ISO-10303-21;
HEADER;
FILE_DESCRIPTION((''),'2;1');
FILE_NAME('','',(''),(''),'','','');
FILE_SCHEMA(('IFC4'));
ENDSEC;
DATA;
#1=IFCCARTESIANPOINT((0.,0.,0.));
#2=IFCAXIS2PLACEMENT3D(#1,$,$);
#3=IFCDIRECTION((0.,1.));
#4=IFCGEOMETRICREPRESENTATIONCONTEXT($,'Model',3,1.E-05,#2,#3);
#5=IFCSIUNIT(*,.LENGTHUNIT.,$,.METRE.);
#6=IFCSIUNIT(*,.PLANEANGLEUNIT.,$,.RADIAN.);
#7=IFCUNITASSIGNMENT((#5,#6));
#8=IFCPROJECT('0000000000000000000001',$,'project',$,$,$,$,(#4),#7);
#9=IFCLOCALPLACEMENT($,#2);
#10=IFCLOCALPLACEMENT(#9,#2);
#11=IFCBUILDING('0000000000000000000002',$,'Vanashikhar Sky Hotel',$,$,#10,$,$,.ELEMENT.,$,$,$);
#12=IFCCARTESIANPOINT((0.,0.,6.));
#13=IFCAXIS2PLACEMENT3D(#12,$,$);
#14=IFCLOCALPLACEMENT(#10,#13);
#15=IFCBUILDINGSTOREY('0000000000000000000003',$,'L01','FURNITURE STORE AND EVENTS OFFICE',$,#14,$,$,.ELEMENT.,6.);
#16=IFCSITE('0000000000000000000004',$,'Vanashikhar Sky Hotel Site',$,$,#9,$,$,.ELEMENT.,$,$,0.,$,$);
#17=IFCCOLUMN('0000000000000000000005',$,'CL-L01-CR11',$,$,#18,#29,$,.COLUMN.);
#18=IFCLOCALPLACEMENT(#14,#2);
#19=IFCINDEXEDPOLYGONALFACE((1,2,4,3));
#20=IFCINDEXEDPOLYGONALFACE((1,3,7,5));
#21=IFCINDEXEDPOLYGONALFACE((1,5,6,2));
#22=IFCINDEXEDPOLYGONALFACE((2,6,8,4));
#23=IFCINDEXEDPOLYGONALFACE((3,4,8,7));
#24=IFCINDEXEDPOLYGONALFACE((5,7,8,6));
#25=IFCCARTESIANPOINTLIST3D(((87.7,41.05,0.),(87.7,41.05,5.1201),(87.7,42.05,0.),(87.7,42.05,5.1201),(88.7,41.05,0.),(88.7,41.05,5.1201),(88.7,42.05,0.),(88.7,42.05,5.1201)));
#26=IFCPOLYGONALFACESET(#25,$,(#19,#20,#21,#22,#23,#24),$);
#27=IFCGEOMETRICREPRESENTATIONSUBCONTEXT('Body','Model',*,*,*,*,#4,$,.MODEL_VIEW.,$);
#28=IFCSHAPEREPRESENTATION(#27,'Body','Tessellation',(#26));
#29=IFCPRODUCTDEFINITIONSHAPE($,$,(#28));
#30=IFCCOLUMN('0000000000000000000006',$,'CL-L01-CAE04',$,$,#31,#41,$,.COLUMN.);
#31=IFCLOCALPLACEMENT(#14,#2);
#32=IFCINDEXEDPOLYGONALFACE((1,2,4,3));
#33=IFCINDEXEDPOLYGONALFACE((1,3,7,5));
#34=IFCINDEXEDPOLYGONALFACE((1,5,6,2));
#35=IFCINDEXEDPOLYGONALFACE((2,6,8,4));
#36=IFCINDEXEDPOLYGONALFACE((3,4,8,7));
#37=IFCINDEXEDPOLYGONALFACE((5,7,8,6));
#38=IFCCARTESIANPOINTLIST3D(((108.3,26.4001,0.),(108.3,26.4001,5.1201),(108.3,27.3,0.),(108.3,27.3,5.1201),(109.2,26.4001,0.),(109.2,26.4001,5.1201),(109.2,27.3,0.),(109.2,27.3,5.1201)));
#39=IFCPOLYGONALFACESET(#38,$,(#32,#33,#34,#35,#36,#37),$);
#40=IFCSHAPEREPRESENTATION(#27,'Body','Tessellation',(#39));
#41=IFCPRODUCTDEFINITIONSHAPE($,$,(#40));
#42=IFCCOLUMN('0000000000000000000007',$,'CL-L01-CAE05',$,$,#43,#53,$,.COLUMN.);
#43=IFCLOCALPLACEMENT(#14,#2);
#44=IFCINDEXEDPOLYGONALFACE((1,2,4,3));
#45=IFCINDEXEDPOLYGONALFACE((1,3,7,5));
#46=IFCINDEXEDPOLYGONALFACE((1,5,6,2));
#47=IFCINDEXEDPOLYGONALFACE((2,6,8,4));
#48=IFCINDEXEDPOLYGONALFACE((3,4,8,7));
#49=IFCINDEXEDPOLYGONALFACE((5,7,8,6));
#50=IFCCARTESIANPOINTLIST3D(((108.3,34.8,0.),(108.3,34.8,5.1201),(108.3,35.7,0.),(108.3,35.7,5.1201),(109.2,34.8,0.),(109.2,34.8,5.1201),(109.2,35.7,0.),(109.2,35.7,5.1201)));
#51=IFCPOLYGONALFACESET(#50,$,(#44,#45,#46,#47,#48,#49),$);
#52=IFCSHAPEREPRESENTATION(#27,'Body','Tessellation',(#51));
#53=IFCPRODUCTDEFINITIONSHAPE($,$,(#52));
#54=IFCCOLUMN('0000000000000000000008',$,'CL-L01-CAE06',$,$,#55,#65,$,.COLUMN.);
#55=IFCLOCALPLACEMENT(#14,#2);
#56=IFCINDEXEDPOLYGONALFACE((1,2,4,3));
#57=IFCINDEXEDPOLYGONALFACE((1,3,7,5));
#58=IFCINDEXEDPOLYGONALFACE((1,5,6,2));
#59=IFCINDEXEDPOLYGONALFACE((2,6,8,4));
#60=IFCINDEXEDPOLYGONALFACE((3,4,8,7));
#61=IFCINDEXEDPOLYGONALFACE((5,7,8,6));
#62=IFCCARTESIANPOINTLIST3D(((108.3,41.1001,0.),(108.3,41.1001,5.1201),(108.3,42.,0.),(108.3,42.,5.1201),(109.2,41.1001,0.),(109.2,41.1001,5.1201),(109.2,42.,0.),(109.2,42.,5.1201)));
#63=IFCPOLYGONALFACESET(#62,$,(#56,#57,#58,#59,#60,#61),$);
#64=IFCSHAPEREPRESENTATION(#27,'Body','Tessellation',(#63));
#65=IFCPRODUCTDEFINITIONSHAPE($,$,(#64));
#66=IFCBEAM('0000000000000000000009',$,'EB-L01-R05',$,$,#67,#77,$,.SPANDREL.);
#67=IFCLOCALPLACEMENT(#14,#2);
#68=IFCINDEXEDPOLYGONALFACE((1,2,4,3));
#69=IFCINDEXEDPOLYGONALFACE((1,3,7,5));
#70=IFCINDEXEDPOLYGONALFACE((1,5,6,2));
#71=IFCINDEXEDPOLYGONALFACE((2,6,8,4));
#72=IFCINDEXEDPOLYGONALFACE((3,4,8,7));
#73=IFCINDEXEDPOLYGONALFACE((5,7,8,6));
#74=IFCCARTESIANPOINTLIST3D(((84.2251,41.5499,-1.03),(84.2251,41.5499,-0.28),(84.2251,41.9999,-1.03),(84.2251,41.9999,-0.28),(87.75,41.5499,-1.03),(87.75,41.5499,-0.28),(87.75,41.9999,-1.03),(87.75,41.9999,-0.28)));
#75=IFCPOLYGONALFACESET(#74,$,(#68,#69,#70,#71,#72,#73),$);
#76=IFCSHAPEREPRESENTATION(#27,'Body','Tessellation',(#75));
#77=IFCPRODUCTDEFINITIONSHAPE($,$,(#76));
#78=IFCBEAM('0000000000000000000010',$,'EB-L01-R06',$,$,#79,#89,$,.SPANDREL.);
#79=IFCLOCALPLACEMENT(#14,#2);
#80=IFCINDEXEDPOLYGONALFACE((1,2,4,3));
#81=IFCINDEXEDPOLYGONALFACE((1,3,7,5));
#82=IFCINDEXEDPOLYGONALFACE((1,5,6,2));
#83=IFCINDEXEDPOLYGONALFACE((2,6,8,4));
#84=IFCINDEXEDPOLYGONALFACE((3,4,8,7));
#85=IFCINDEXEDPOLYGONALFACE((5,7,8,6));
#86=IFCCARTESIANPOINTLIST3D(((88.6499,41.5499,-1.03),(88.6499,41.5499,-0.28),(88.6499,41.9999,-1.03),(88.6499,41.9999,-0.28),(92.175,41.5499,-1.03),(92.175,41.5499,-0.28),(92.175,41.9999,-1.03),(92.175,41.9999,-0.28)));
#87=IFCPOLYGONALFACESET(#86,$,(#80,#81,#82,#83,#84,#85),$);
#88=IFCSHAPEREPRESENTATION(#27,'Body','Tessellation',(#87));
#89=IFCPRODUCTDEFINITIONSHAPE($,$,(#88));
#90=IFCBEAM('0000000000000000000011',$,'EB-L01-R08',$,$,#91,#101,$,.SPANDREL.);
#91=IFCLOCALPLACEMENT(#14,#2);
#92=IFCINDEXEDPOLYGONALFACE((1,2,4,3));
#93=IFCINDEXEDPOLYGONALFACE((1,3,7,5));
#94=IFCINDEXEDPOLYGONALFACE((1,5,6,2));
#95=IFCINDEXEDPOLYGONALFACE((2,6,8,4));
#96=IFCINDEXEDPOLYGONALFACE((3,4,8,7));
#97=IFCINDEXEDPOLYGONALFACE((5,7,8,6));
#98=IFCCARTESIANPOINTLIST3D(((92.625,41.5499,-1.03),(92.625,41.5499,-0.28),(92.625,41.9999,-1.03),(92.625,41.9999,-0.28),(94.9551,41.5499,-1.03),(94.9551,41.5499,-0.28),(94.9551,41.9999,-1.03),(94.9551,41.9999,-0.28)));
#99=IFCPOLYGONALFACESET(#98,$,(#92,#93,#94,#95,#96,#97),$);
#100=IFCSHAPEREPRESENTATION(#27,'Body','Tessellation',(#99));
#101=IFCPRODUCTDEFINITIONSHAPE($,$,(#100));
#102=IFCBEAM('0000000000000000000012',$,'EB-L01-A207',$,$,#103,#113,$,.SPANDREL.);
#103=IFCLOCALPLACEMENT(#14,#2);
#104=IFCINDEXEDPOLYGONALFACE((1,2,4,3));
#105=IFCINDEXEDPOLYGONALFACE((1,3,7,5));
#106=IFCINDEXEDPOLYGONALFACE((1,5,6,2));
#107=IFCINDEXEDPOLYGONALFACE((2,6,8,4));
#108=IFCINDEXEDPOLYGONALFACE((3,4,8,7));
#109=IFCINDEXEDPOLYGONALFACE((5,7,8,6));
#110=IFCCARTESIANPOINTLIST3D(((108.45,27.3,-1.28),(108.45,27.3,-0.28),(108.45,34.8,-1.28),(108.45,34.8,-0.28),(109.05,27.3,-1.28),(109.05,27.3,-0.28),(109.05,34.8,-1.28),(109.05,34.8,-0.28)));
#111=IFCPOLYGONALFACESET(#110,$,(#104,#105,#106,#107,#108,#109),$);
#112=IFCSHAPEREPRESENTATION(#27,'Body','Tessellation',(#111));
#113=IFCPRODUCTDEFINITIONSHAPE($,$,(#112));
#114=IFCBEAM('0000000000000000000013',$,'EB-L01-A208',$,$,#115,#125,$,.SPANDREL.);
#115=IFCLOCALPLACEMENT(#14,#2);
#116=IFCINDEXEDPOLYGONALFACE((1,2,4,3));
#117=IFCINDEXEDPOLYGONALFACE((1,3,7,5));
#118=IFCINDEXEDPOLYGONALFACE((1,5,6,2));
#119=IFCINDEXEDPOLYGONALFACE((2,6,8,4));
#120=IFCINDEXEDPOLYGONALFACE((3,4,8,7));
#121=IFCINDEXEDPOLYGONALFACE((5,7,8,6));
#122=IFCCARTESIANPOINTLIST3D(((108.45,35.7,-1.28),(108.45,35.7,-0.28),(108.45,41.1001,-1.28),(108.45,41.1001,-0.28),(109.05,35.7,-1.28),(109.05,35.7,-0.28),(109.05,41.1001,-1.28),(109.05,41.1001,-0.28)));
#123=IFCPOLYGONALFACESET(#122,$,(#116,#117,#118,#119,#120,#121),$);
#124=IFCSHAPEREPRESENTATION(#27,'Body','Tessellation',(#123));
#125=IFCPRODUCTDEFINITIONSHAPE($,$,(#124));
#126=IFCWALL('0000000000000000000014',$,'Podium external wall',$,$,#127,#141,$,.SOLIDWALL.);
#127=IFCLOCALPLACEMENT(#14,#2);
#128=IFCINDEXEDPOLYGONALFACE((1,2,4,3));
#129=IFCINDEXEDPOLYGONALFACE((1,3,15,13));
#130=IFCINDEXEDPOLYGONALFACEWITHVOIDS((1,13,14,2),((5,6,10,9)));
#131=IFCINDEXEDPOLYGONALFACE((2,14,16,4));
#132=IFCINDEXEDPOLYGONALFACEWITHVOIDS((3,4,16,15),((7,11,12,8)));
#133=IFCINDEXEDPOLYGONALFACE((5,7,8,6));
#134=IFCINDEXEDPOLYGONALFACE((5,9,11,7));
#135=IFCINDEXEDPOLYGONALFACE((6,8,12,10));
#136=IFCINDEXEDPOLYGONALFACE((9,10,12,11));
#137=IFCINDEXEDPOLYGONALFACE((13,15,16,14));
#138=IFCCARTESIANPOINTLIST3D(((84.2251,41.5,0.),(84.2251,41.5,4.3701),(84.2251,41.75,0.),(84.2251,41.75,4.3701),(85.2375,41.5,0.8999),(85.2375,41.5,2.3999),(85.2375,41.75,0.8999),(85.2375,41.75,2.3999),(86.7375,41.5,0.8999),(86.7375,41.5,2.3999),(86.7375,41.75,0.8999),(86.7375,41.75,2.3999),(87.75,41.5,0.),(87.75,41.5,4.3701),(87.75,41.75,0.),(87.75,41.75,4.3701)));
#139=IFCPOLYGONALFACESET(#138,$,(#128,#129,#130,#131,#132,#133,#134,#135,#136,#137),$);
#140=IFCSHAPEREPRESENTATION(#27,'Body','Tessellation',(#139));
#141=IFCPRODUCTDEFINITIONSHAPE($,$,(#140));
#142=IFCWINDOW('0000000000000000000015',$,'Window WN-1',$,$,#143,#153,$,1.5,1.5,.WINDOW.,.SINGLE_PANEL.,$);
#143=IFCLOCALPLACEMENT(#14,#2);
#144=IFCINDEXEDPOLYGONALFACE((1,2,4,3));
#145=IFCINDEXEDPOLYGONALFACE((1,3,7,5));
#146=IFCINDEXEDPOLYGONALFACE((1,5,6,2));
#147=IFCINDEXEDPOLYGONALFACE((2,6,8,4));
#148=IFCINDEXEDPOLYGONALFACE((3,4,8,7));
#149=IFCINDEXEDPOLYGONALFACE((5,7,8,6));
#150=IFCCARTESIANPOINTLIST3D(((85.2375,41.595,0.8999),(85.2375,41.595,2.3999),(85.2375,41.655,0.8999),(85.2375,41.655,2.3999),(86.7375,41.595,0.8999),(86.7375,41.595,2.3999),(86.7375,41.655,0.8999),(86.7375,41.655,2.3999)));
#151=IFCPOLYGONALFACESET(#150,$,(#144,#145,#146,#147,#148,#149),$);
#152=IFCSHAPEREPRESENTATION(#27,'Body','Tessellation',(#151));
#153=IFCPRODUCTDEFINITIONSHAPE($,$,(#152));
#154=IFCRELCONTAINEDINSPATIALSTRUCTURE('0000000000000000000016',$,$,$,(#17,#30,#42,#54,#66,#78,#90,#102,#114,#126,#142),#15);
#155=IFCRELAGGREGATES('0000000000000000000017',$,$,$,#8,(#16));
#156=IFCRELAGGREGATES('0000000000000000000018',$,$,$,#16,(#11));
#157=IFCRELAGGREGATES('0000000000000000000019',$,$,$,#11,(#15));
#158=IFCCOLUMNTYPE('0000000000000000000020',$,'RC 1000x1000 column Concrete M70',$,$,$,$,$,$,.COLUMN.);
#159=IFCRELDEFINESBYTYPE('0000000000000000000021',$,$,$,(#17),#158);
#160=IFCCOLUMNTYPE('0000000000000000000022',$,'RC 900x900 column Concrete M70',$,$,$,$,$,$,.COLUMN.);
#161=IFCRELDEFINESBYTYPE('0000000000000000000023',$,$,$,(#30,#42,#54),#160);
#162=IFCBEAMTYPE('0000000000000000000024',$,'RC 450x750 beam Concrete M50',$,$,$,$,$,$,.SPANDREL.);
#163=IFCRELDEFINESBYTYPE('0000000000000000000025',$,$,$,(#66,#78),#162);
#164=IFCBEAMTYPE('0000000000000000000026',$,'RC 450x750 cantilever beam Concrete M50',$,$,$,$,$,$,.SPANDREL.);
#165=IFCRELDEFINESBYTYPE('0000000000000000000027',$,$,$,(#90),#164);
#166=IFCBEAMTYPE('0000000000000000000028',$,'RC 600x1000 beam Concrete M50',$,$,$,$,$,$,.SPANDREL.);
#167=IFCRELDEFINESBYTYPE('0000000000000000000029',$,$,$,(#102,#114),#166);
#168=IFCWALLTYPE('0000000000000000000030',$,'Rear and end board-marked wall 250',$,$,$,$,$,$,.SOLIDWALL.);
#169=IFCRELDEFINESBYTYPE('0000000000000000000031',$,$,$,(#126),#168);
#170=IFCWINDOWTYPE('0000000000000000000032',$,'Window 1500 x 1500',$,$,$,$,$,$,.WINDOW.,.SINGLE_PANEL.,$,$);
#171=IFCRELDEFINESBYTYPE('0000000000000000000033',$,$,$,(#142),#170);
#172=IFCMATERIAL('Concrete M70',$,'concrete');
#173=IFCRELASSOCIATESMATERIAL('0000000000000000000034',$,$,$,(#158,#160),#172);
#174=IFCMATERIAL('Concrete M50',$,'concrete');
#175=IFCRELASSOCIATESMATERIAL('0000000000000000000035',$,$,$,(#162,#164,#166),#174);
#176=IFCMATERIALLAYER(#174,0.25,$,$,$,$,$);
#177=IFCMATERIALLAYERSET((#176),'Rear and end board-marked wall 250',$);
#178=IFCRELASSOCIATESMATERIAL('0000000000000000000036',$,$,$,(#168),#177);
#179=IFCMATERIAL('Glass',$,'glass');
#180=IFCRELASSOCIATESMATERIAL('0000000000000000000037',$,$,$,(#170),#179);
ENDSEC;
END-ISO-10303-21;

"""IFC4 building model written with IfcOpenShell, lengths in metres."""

from ifc_helpers import new_model, si_unit, direction, frame, frame_2d, origin, origin_2d, place, context, subcontext, project, spatial, rectangle, extrude, source, transform, mapped, material, layer, layer_set, material_profile, profile_set, type_object, element, fill, save


model = new_model("IFC4")

# Units and contexts
model_context = context("Model", 3, precision=1e-05, world=origin(), true_north=direction((0.0, 1.0)))
body_context = subcontext(model_context, "Body", "Model", "MODEL_VIEW")
ifc_project = project(units=[si_unit("LENGTHUNIT", "METRE"), si_unit("PLANEANGLEUNIT", "RADIAN")], contexts=[model_context])

# Site, building, storey
site_placement = place(None, origin())
site = spatial("IfcSite", under=ifc_project, at=site_placement, Name="Vanashikhar Sky Hotel Site", CompositionType="ELEMENT", RefElevation=0.0)
building_placement = place(site_placement, origin())
building = spatial("IfcBuilding", under=site, at=building_placement, Name="Vanashikhar Sky Hotel", CompositionType="ELEMENT")
storey_placement = place(building_placement, frame((0.0, 0.0, 6.0)))
storey = spatial("IfcBuildingStorey", under=building, at=storey_placement, Name="L01", Description="FURNITURE STORE AND EVENTS OFFICE", CompositionType="ELEMENT", Elevation=6.0)

# Columns
ifc_material_1 = material(Name="Concrete M70", Category="concrete")
ifc_material_profile_1 = material_profile(ifc_material_1, rectangle(XDim=1.0, YDim=1.0, at=origin_2d()))
ifc_profile_set_1 = profile_set([ifc_material_profile_1], Name="RC 1000x1000 column Concrete M70")
column_type_1 = type_object("IfcColumnType", Name="RC 1000x1000 column Concrete M70", PredefinedType="COLUMN", material=ifc_profile_set_1)
shared_shape_1 = source(origin(), body_context, "Body", "SweptSolid", [
    extrude(rectangle(XDim=1.0, YDim=1.0, at=origin_2d()), origin(), (0.0, 0.0, 1.0), 5.1201),
])
column_placement = place(storey_placement, frame((88.2, 41.55, 0.0), z_axis=(0.0, 0.0, 1.0), x_axis=(1.0, 0.0, 0.0)))
element("IfcColumn", 1, at=column_placement, inside=storey, type_object=column_type_1, Name="CL-L01-CR11", PredefinedType="COLUMN", context=body_context, shape_type="MappedRepresentation", body=[
    mapped(shared_shape_1, transform((0.0, 0.0, 0.0), scale=1.0)),
])
ifc_material_profile_2 = material_profile(ifc_material_1, rectangle(XDim=0.8999, YDim=0.8999, at=origin_2d()))
ifc_profile_set_2 = profile_set([ifc_material_profile_2], Name="RC 900x900 column Concrete M70")
column_type_2 = type_object("IfcColumnType", Name="RC 900x900 column Concrete M70", PredefinedType="COLUMN", material=ifc_profile_set_2)
shared_shape_2 = source(origin(), body_context, "Body", "SweptSolid", [
    extrude(rectangle(XDim=0.8999, YDim=0.8999, at=origin_2d()), origin(), (0.0, 0.0, 1.0), 5.1201),
])
for number, where, z_axis, x_axis, name in (
    (2, (108.75, 26.8501, 0.0), (0.0, 0.0, 1.0), (1.0, 0.0, 0.0), "CL-L01-CAE04"),
    (3, (108.75, 35.25, 0.0), (0.0, 0.0, 1.0), (1.0, 0.0, 0.0), "CL-L01-CAE05"),
    (4, (108.75, 41.55, 0.0), (0.0, 0.0, 1.0), (1.0, 0.0, 0.0), "CL-L01-CAE06"),
):
    element("IfcColumn", number, at=place(storey_placement, frame(where, z_axis=z_axis, x_axis=x_axis)), inside=storey, type_object=column_type_2, Name=name, PredefinedType="COLUMN", context=body_context, shape_type="MappedRepresentation", body=[
        mapped(shared_shape_2, transform((0.0, 0.0, 0.0), scale=1.0)),
    ])

# Beams
ifc_material_2 = material(Name="Concrete M50", Category="concrete")
ifc_material_profile_3 = material_profile(ifc_material_2, rectangle(XDim=0.45, YDim=0.75, at=origin_2d()))
ifc_profile_set_3 = profile_set([ifc_material_profile_3], Name="RC 450x750 beam Concrete M50")
beam_type_1 = type_object("IfcBeamType", Name="RC 450x750 beam Concrete M50", PredefinedType="SPANDREL", material=ifc_profile_set_3)
shared_shape_3 = source(origin(), body_context, "Body", "SweptSolid", [
    extrude(rectangle(XDim=0.45, YDim=0.75, at=origin_2d()), origin(), (0.0, 0.0, 1.0), 3.5249),
])
beam_1_placement = place(storey_placement, frame((84.2251, 41.7749, -0.655), z_axis=(1.0, 0.0, 0.0), x_axis=(0.0, 1.0, 0.0)))
element("IfcBeam", 5, at=beam_1_placement, inside=storey, type_object=beam_type_1, Name="EB-L01-R05", PredefinedType="SPANDREL", context=body_context, shape_type="MappedRepresentation", body=[
    mapped(shared_shape_3, transform((0.0, 0.0, 0.0), scale=1.0)),
])
shared_shape_4 = source(origin(), body_context, "Body", "SweptSolid", [
    extrude(rectangle(XDim=0.45, YDim=0.75, at=origin_2d()), origin(), (0.0, 0.0, 1.0), 3.5251),
])
beam_2_placement = place(storey_placement, frame((88.6499, 41.7749, -0.655), z_axis=(1.0, 0.0, 0.0), x_axis=(0.0, 1.0, 0.0)))
element("IfcBeam", 6, at=beam_2_placement, inside=storey, type_object=beam_type_1, Name="EB-L01-R06", PredefinedType="SPANDREL", context=body_context, shape_type="MappedRepresentation", body=[
    mapped(shared_shape_4, transform((0.0, 0.0, 0.0), scale=1.0)),
])
ifc_material_profile_4 = material_profile(ifc_material_2, rectangle(XDim=0.45, YDim=0.75, at=origin_2d()))
ifc_profile_set_4 = profile_set([ifc_material_profile_4], Name="RC 450x750 cantilever beam Concrete M50")
beam_type_2 = type_object("IfcBeamType", Name="RC 450x750 cantilever beam Concrete M50", PredefinedType="SPANDREL", material=ifc_profile_set_4)
shared_shape_5 = source(origin(), body_context, "Body", "SweptSolid", [
    extrude(rectangle(XDim=0.45, YDim=0.75, at=origin_2d()), origin(), (0.0, 0.0, 1.0), 2.3301),
])
beam_3_placement = place(storey_placement, frame((92.625, 41.7749, -0.655), z_axis=(1.0, 0.0, 0.0), x_axis=(0.0, 1.0, 0.0)))
element("IfcBeam", 7, at=beam_3_placement, inside=storey, type_object=beam_type_2, Name="EB-L01-R08", PredefinedType="SPANDREL", context=body_context, shape_type="MappedRepresentation", body=[
    mapped(shared_shape_5, transform((0.0, 0.0, 0.0), scale=1.0)),
])
ifc_material_profile_5 = material_profile(ifc_material_2, rectangle(XDim=0.6001, YDim=1.0, at=origin_2d()))
ifc_profile_set_5 = profile_set([ifc_material_profile_5], Name="RC 600x1000 beam Concrete M50")
beam_type_3 = type_object("IfcBeamType", Name="RC 600x1000 beam Concrete M50", PredefinedType="SPANDREL", material=ifc_profile_set_5)
shared_shape_6 = source(origin(), body_context, "Body", "SweptSolid", [
    extrude(rectangle(XDim=0.6001, YDim=1.0, at=origin_2d()), origin(), (0.0, 0.0, 1.0), 7.5),
])
beam_4_placement = place(storey_placement, frame((108.75, 27.3, -0.78), z_axis=(0.0, 1.0, 0.0), x_axis=(-1.0, 0.0, 0.0)))
element("IfcBeam", 8, at=beam_4_placement, inside=storey, type_object=beam_type_3, Name="EB-L01-A207", PredefinedType="SPANDREL", context=body_context, shape_type="MappedRepresentation", body=[
    mapped(shared_shape_6, transform((0.0, 0.0, 0.0), scale=1.0)),
])
shared_shape_7 = source(origin(), body_context, "Body", "SweptSolid", [
    extrude(rectangle(XDim=0.6001, YDim=1.0, at=origin_2d()), origin(), (0.0, 0.0, 1.0), 5.4001),
])
beam_5_placement = place(storey_placement, frame((108.75, 35.7, -0.78), z_axis=(0.0, 1.0, 0.0), x_axis=(-1.0, 0.0, 0.0)))
element("IfcBeam", 9, at=beam_5_placement, inside=storey, type_object=beam_type_3, Name="EB-L01-A208", PredefinedType="SPANDREL", context=body_context, shape_type="MappedRepresentation", body=[
    mapped(shared_shape_7, transform((0.0, 0.0, 0.0), scale=1.0)),
])

# Wall, opening, window
ifc_layer_1 = layer(ifc_material_2, 0.25)
ifc_layer_set_1 = layer_set([ifc_layer_1], Name="Rear and end board-marked wall 250")
wall_type_1 = type_object("IfcWallType", Name="Rear and end board-marked wall 250", PredefinedType="SOLIDWALL", material=ifc_layer_set_1)
shared_shape_8 = source(origin(), body_context, "Body", "SweptSolid", [
    extrude(rectangle(XDim=3.5249, YDim=0.25, at=frame_2d((1.7625, 0.0))), origin(), (0.0, 0.0, 1.0), 4.3701),
])
wall_1_placement = place(storey_placement, frame((87.75, 41.625, 0.0), z_axis=(0.0, 0.0, 1.0), x_axis=(-1.0, 0.0, 0.0)))
wall_1 = element("IfcWall", 10, at=wall_1_placement, inside=storey, type_object=wall_type_1, Name="Podium external wall", PredefinedType="SOLIDWALL", context=body_context, shape_type="MappedRepresentation", body=[
    mapped(shared_shape_8, transform((0.0, 0.0, 0.0), scale=1.0)),
])
shared_shape_9 = source(origin(), body_context, "Body", "SweptSolid", [
    extrude(rectangle(XDim=1.5, YDim=1.5, at=frame_2d((0.75, 0.75))), frame((0.0, 0.135, 0.0), z_axis=(0.0, -1.0, 0.0), x_axis=(1.0, 0.0, 0.0)), (0.0, 0.0, 1.0), 0.27),
])
opening_1_placement = place(wall_1_placement, frame((1.0125, 0.0, 0.8999)))
opening_1 = element("IfcOpeningElement", 11, at=opening_1_placement, cuts=wall_1, PredefinedType="OPENING", context=body_context, shape_type="MappedRepresentation", body=[
    mapped(shared_shape_9, transform((0.0, 0.0, 0.0), scale=1.0)),
])
ifc_material_3 = material(Name="Glass", Category="glass")
window_type_1 = type_object("IfcWindowType", Name="Window 1500 x 1500", PartitioningType="SINGLE_PANEL", PredefinedType="WINDOW", material=ifc_material_3)
shared_shape_10 = source(origin(), body_context, "Body", "SweptSolid", [
    extrude(rectangle(XDim=1.5, YDim=1.5, at=frame_2d((0.75, 0.75))), frame((0.0, 0.03, 0.0), z_axis=(0.0, -1.0, 0.0), x_axis=(1.0, 0.0, 0.0)), (0.0, 0.0, 1.0), 0.0601),
])
window_1_placement = place(opening_1_placement, origin())
window_1 = element("IfcWindow", 12, at=window_1_placement, inside=storey, type_object=window_type_1, Name="Window WN-1", OverallHeight=1.5, OverallWidth=1.5, PartitioningType="SINGLE_PANEL", PredefinedType="WINDOW", context=body_context, shape_type="MappedRepresentation", body=[
    mapped(shared_shape_10, transform((0.0, 0.0, 0.0), scale=1.0)),
])
fill(opening_1, window_1)

save(model, "model.ifc")
